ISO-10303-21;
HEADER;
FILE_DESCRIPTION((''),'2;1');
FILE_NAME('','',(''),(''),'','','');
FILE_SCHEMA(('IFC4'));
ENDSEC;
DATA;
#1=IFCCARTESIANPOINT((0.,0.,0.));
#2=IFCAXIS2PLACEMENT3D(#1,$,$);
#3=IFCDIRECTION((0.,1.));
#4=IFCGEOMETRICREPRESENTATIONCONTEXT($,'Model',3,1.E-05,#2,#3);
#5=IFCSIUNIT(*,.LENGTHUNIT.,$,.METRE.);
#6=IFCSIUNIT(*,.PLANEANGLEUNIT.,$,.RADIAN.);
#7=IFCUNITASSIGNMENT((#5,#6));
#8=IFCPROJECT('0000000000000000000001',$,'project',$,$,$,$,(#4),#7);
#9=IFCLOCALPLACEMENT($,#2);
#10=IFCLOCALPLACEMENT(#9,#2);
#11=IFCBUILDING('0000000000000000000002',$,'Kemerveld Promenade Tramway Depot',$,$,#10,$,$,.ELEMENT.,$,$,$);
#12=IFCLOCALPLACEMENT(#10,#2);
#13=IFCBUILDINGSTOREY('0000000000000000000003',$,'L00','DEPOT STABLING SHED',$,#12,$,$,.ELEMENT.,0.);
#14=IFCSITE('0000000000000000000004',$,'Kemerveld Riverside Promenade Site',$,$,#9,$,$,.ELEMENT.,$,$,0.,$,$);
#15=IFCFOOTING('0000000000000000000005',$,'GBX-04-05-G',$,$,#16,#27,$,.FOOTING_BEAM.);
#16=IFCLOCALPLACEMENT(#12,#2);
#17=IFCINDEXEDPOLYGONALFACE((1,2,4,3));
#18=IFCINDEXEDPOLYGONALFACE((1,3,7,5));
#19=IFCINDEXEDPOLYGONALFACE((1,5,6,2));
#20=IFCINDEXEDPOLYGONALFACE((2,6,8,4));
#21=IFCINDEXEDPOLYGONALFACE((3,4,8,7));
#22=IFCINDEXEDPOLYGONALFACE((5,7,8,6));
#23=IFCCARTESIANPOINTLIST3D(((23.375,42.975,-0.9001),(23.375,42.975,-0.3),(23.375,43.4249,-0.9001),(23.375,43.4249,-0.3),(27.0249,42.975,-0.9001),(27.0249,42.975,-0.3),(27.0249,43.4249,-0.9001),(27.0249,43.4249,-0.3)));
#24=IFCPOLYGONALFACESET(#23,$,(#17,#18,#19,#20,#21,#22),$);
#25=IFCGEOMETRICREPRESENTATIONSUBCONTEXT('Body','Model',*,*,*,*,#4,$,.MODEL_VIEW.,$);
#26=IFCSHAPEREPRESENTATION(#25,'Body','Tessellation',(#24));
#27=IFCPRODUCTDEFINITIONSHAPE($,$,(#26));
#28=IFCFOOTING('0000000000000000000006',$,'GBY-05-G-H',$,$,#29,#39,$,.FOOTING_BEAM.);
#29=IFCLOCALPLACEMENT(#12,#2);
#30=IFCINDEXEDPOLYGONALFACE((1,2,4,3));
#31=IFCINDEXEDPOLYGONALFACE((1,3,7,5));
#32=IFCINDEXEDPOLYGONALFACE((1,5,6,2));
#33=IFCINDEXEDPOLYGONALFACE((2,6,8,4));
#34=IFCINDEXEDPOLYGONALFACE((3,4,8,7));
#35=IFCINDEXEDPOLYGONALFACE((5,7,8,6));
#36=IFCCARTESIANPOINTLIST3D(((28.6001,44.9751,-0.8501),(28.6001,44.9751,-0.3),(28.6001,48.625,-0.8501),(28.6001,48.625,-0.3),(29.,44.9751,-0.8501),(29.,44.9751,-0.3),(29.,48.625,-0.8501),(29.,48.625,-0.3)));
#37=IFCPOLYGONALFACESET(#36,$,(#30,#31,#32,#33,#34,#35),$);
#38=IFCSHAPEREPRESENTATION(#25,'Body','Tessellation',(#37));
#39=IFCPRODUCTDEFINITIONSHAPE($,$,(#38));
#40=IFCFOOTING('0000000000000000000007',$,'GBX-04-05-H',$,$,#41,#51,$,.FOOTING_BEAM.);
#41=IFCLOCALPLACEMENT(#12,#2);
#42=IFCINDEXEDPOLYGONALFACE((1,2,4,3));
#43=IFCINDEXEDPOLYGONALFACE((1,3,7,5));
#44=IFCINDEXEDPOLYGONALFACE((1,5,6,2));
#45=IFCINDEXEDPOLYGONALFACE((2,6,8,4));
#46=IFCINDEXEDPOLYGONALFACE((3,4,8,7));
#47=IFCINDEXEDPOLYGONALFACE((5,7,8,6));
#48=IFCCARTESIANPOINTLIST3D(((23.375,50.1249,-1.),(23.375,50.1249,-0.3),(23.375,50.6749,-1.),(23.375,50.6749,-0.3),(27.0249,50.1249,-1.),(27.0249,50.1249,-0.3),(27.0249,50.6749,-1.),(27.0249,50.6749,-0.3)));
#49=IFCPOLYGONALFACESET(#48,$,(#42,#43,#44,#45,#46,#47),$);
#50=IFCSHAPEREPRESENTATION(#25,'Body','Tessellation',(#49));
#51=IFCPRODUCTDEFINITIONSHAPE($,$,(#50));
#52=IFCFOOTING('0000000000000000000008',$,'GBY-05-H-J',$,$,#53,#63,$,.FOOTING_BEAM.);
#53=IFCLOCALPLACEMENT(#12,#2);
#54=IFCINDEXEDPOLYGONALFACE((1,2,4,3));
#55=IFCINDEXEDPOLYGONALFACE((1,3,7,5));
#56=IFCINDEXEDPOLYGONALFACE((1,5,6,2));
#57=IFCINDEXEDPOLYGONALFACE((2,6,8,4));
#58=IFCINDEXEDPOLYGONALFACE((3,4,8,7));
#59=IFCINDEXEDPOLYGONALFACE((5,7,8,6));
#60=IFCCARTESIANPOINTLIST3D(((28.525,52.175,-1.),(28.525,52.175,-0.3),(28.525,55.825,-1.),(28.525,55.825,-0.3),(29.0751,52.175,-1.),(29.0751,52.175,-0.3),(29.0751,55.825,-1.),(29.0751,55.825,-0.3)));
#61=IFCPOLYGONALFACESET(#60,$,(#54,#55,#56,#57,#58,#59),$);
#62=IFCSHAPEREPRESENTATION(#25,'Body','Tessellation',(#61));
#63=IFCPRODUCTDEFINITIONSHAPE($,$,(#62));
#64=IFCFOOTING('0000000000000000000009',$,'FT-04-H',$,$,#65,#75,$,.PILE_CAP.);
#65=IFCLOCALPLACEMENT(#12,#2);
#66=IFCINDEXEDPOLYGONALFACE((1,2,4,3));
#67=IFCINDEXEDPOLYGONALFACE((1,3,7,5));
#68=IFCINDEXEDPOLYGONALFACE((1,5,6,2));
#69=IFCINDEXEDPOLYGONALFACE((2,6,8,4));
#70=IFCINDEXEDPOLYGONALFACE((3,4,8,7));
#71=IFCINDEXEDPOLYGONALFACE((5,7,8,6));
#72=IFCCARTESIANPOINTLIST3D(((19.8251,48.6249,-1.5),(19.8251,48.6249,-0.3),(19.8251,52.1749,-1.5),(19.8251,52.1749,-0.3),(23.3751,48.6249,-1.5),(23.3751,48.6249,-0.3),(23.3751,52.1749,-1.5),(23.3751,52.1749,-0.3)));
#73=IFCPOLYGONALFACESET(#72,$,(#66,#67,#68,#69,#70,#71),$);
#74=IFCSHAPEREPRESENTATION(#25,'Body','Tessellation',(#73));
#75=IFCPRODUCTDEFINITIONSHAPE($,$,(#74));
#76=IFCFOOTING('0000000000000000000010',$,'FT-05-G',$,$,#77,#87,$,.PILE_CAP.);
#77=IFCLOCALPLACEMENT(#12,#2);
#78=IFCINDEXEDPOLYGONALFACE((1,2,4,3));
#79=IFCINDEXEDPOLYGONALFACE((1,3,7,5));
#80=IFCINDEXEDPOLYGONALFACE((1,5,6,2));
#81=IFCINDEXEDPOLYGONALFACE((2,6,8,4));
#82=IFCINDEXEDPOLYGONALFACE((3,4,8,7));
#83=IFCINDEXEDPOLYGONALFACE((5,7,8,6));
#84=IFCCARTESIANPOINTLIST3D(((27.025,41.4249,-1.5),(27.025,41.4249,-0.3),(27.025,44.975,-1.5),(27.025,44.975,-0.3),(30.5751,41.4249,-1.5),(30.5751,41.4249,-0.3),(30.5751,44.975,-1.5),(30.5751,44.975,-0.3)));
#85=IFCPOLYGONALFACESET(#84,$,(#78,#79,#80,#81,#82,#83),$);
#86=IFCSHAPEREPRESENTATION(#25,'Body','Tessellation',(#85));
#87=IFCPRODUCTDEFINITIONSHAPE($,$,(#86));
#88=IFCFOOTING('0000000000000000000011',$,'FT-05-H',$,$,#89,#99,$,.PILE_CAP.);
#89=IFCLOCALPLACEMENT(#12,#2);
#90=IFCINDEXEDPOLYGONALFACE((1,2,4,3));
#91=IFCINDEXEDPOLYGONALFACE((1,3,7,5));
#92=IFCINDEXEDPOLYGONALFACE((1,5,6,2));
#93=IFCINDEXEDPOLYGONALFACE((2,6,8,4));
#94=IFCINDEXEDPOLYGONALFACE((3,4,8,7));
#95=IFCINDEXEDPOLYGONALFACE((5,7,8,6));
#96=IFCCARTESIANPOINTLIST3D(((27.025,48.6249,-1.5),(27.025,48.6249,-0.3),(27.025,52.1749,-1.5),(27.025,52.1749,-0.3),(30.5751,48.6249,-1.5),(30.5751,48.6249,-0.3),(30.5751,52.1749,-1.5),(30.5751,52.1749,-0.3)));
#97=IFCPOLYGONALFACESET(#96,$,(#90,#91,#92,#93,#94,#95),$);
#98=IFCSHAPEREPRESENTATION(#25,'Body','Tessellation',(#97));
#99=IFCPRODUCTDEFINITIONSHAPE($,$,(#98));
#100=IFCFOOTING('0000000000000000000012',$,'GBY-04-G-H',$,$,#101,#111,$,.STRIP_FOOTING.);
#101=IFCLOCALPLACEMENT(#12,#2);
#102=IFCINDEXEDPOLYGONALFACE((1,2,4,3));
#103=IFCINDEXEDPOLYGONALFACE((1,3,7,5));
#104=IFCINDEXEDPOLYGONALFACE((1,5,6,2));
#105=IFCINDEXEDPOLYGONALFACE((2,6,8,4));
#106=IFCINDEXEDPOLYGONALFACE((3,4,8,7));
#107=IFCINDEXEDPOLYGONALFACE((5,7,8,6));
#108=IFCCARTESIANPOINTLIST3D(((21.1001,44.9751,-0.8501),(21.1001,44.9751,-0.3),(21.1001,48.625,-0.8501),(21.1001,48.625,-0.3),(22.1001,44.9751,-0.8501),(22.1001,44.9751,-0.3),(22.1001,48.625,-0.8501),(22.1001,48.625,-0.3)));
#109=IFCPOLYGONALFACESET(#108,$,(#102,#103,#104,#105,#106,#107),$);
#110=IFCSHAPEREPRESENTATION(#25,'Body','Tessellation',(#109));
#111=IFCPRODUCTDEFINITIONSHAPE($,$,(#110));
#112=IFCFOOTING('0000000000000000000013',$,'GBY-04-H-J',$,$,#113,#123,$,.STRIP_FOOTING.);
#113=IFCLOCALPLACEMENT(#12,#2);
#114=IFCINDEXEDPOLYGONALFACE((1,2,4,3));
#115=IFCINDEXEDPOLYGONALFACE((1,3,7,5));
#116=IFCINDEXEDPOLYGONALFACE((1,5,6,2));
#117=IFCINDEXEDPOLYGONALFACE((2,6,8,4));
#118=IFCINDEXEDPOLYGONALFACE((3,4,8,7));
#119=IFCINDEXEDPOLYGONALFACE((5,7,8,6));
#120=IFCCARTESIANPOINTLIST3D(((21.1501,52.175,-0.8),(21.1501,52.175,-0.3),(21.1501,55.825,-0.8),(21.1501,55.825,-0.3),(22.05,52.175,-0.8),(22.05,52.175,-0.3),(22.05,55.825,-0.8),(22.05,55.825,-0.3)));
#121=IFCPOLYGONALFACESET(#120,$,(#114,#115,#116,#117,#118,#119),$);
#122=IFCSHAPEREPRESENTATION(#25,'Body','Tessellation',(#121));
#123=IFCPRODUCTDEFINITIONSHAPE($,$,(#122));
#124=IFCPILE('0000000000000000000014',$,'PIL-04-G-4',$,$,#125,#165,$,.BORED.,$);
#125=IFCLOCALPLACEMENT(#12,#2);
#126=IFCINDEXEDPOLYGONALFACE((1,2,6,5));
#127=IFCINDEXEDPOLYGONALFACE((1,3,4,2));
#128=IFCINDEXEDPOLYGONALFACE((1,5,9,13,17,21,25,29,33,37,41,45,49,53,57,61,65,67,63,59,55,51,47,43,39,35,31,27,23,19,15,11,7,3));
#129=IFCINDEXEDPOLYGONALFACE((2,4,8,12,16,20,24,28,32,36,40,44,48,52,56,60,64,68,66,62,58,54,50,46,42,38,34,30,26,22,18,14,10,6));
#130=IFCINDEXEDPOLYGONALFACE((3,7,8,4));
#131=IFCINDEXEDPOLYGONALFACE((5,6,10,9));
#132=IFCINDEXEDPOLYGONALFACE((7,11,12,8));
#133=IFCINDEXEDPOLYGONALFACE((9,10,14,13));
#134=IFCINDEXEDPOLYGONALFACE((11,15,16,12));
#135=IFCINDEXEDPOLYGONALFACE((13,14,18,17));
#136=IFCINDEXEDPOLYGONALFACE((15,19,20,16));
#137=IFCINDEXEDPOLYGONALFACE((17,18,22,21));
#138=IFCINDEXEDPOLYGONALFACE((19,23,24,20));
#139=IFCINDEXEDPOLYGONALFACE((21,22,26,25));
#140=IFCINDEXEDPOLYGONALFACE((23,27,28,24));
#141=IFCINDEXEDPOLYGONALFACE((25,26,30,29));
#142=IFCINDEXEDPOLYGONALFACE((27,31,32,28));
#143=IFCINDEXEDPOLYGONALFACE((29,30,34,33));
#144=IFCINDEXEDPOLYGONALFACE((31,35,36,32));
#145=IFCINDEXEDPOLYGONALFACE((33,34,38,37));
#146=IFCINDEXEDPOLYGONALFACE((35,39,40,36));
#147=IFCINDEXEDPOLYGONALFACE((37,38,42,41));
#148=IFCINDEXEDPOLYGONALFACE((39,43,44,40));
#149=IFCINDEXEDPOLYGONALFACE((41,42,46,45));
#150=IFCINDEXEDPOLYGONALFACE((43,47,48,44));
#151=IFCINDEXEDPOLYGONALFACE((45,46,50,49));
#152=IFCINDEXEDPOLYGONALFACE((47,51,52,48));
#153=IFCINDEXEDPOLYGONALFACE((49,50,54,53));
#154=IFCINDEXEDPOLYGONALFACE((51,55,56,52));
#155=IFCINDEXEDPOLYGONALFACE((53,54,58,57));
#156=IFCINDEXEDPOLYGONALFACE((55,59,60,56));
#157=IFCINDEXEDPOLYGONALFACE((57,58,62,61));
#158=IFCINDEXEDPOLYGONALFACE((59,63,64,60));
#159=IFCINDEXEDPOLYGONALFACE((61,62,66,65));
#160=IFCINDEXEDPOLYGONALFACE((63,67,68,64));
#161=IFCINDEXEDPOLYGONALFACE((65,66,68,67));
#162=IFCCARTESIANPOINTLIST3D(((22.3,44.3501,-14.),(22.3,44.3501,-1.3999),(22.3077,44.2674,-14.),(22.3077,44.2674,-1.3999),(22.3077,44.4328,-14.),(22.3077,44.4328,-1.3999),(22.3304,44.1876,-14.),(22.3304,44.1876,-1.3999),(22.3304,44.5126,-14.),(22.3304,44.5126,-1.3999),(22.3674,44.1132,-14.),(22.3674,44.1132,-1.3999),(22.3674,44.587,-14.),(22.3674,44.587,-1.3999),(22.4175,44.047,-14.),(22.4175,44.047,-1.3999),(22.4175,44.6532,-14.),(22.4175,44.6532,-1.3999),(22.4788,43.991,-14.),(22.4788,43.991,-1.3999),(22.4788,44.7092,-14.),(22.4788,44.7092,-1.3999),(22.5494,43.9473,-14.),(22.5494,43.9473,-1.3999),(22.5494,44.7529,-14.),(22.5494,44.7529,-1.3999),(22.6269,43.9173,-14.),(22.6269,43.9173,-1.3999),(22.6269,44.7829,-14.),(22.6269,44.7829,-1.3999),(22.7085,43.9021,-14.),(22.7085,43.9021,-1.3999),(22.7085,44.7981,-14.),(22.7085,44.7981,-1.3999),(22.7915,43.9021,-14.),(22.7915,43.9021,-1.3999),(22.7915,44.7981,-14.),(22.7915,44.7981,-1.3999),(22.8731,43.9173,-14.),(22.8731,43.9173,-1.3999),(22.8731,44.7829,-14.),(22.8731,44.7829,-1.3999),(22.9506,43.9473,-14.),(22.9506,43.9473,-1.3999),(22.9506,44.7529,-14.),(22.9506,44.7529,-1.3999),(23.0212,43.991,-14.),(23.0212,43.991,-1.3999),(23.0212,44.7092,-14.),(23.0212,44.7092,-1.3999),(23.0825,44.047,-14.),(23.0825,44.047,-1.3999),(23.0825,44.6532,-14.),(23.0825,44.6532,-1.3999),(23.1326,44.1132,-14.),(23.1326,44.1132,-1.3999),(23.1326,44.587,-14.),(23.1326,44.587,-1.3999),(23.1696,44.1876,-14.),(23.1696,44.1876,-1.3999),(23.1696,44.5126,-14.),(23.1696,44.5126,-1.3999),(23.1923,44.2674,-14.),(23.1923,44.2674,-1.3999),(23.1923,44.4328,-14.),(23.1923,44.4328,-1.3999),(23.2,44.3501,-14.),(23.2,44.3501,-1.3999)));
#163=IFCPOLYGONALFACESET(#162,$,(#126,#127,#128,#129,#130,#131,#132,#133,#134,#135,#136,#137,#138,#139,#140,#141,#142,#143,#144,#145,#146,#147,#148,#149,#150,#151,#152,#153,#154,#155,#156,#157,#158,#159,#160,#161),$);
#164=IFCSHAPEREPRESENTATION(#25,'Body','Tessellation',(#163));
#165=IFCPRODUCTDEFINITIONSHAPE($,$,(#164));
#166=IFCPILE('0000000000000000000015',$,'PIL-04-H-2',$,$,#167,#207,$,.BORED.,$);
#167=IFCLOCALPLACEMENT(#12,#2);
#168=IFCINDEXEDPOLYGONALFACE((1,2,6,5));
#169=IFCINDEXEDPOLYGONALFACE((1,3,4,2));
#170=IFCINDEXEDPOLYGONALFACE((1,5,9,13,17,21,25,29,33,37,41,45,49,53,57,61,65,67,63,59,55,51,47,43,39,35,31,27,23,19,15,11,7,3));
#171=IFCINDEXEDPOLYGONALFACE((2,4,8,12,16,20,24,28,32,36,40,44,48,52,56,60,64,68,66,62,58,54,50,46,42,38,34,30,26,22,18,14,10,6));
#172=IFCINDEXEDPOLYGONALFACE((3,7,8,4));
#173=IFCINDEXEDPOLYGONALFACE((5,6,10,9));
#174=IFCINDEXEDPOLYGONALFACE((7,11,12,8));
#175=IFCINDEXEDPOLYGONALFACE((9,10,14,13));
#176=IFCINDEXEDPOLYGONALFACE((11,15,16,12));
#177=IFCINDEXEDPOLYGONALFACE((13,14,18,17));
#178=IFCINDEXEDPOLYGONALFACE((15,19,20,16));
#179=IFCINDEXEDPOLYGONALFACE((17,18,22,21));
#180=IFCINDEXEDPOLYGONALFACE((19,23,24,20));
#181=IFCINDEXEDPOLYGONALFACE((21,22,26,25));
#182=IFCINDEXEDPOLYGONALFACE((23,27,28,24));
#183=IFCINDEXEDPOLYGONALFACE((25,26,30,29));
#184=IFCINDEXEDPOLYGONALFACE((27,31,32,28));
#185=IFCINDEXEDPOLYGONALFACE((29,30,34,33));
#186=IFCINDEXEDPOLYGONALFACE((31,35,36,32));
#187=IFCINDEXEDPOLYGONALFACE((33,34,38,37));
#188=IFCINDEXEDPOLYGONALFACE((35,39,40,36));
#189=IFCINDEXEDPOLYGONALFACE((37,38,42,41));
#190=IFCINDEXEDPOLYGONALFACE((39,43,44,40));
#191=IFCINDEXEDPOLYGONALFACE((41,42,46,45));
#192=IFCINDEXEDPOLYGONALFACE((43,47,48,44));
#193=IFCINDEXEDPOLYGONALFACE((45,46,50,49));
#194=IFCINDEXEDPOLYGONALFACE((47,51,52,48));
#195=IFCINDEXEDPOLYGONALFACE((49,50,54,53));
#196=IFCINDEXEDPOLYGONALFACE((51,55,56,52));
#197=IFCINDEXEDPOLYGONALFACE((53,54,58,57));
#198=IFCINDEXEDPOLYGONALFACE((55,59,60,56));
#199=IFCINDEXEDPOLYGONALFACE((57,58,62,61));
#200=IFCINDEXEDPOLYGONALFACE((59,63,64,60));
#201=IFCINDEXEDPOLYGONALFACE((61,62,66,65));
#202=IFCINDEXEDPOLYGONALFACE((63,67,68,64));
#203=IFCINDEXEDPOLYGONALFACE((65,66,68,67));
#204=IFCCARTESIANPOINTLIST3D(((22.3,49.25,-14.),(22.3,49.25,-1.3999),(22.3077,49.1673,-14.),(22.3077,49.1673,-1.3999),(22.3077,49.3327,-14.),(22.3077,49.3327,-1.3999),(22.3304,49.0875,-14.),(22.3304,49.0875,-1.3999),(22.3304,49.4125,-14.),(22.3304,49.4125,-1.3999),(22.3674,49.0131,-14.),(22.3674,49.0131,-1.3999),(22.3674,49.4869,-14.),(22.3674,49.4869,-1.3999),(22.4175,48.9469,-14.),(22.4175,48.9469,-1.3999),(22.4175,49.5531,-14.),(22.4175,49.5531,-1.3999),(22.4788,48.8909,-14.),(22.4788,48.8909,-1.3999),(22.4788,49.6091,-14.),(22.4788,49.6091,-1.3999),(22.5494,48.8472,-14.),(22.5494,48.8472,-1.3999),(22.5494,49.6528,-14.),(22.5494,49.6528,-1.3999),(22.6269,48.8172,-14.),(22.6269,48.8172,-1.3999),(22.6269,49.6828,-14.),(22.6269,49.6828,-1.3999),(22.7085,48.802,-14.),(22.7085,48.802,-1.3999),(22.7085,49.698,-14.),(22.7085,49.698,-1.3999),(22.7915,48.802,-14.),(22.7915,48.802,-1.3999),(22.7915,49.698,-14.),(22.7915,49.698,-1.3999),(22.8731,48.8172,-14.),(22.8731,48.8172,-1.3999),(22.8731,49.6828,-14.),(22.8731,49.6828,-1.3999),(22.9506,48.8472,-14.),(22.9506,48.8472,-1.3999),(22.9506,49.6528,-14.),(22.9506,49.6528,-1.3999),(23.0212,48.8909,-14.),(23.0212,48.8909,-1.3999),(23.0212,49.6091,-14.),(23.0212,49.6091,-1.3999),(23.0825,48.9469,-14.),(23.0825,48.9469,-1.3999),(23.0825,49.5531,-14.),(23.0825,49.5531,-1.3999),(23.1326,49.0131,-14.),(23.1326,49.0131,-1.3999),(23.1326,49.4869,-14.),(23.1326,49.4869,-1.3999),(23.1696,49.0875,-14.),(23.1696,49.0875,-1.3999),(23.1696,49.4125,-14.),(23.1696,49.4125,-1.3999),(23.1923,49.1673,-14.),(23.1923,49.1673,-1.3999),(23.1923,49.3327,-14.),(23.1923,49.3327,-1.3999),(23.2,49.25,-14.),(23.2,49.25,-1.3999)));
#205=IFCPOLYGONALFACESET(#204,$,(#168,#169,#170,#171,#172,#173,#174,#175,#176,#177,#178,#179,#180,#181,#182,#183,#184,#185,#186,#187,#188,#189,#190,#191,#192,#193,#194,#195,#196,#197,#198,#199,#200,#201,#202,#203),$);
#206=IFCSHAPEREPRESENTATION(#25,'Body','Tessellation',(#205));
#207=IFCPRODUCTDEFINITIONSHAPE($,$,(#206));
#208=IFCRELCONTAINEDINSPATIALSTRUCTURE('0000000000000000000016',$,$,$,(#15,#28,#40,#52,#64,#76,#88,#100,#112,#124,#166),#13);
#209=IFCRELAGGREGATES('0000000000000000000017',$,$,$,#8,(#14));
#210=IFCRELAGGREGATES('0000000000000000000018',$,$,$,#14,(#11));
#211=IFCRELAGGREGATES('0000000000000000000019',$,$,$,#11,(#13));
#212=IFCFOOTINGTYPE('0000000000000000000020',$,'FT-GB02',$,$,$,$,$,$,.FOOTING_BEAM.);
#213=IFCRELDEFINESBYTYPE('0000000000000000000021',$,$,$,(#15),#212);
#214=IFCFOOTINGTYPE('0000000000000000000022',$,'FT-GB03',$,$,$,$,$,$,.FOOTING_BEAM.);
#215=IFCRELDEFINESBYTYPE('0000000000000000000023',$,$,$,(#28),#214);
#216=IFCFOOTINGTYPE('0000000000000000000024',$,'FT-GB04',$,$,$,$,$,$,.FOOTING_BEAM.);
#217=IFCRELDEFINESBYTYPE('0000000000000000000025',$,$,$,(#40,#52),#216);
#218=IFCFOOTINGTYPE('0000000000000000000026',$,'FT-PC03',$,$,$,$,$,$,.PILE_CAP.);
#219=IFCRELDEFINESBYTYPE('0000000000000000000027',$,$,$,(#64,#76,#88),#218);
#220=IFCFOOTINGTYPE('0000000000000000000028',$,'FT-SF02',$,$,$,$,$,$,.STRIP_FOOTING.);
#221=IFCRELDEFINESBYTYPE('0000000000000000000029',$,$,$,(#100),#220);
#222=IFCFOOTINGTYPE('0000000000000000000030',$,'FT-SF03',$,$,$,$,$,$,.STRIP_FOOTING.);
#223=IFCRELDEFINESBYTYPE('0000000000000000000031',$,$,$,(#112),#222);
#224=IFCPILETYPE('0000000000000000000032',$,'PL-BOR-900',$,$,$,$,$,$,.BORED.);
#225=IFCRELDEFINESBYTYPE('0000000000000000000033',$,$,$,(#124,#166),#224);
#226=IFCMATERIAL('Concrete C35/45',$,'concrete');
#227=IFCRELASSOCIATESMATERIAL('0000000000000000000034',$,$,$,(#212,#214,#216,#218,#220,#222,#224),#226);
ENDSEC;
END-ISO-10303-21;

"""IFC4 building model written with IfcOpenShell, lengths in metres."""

from ifc_helpers import new_model, si_unit, direction, frame, origin, origin_2d, place, context, subcontext, project, spatial, rectangle, circle, extrude, material, material_profile, profile_set, type_object, element, save


model = new_model("IFC4")

# Units and contexts
model_context = context("Model", 3, precision=1e-05, world=origin(), true_north=direction((0.0, 1.0)))
body_context = subcontext(model_context, "Body", "Model", "MODEL_VIEW")
ifc_project = project(units=[si_unit("LENGTHUNIT", "METRE"), si_unit("PLANEANGLEUNIT", "RADIAN")], contexts=[model_context])

# Site, building, storey
site_placement = place(None, origin())
site = spatial("IfcSite", under=ifc_project, at=site_placement, Name="Kemerveld Riverside Promenade Site", CompositionType="ELEMENT", RefElevation=0.0)
building_placement = place(site_placement, origin())
building = spatial("IfcBuilding", under=site, at=building_placement, Name="Kemerveld Promenade Tramway Depot", CompositionType="ELEMENT")
storey_placement = place(building_placement, origin())
storey = spatial("IfcBuildingStorey", under=building, at=storey_placement, Name="L00", Description="DEPOT STABLING SHED", CompositionType="ELEMENT", Elevation=0.0)

# Footings
ifc_material_1 = material(Name="Concrete C35/45", Category="concrete")
footing_type_1 = type_object("IfcFootingType", Name="FT-GB02", PredefinedType="FOOTING_BEAM", material=ifc_material_1)
footing_1_placement = place(storey_placement, frame((25.2, 43.2, -0.9001), z_axis=(0.0, 0.0, 1.0), x_axis=(1.0, 0.0, 0.0)))
element("IfcFooting", 1, at=footing_1_placement, inside=storey, type_object=footing_type_1, Name="GBX-04-05-G", PredefinedType="FOOTING_BEAM", context=body_context, shape_type="SweptSolid", body=[
    extrude(rectangle(XDim=3.6499, YDim=0.45, at=origin_2d()), origin(), (0.0, 0.0, 1.0), 0.6001),
])
footing_type_2 = type_object("IfcFootingType", Name="FT-GB03", PredefinedType="FOOTING_BEAM", material=ifc_material_1)
footing_2_placement = place(storey_placement, frame((28.8, 46.8, -0.8501), z_axis=(0.0, 0.0, 1.0), x_axis=(0.0, 1.0, 0.0)))
element("IfcFooting", 2, at=footing_2_placement, inside=storey, type_object=footing_type_2, Name="GBY-05-G-H", PredefinedType="FOOTING_BEAM", context=body_context, shape_type="SweptSolid", body=[
    extrude(rectangle(XDim=3.6499, YDim=0.3999, at=origin_2d()), origin(), (0.0, 0.0, 1.0), 0.55),
])
footing_type_3 = type_object("IfcFootingType", Name="FT-GB04", PredefinedType="FOOTING_BEAM", material=ifc_material_1)
for number, where, z_axis, x_axis, name in (
    (3, (25.2, 50.3999, -1.0), (0.0, 0.0, 1.0), (1.0, 0.0, 0.0), "GBX-04-05-H"),
    (4, (28.8, 54.0, -1.0), (0.0, 0.0, 1.0), (0.0, 1.0, 0.0), "GBY-05-H-J"),
):
    element("IfcFooting", number, at=place(storey_placement, frame(where, z_axis=z_axis, x_axis=x_axis)), inside=storey, type_object=footing_type_3, Name=name, PredefinedType="FOOTING_BEAM", context=body_context, shape_type="SweptSolid", body=[
        extrude(rectangle(XDim=3.6499, YDim=0.55, at=origin_2d()), origin(), (0.0, 0.0, 1.0), 0.7),
    ])
footing_type_4 = type_object("IfcFootingType", Name="FT-PC03", PredefinedType="PILE_CAP", material=ifc_material_1)
for number, where, z_axis, x_axis, name in (
    (5, (21.6001, 50.3999, -1.5), (0.0, 0.0, 1.0), (1.0, 0.0, 0.0), "FT-04-H"),
    (6, (28.8, 43.2, -1.5), (0.0, 0.0, 1.0), (1.0, 0.0, 0.0), "FT-05-G"),
    (7, (28.8, 50.3999, -1.5), (0.0, 0.0, 1.0), (1.0, 0.0, 0.0), "FT-05-H"),
):
    element("IfcFooting", number, at=place(storey_placement, frame(where, z_axis=z_axis, x_axis=x_axis)), inside=storey, type_object=footing_type_4, Name=name, PredefinedType="PILE_CAP", context=body_context, shape_type="SweptSolid", body=[
        extrude(rectangle(XDim=3.55, YDim=3.55, at=origin_2d()), origin(), (0.0, 0.0, 1.0), 1.2),
    ])
footing_type_5 = type_object("IfcFootingType", Name="FT-SF02", PredefinedType="STRIP_FOOTING", material=ifc_material_1)
footing_3_placement = place(storey_placement, frame((21.6001, 46.8, -0.8501), z_axis=(0.0, 0.0, 1.0), x_axis=(0.0, 1.0, 0.0)))
element("IfcFooting", 8, at=footing_3_placement, inside=storey, type_object=footing_type_5, Name="GBY-04-G-H", PredefinedType="STRIP_FOOTING", context=body_context, shape_type="SweptSolid", body=[
    extrude(rectangle(XDim=3.6499, YDim=1.0, at=origin_2d()), origin(), (0.0, 0.0, 1.0), 0.55),
])
footing_type_6 = type_object("IfcFootingType", Name="FT-SF03", PredefinedType="STRIP_FOOTING", material=ifc_material_1)
footing_4_placement = place(storey_placement, frame((21.6001, 54.0, -0.8), z_axis=(0.0, 0.0, 1.0), x_axis=(0.0, 1.0, 0.0)))
element("IfcFooting", 9, at=footing_4_placement, inside=storey, type_object=footing_type_6, Name="GBY-04-H-J", PredefinedType="STRIP_FOOTING", context=body_context, shape_type="SweptSolid", body=[
    extrude(rectangle(XDim=3.6499, YDim=0.8999, at=origin_2d()), origin(), (0.0, 0.0, 1.0), 0.5),
])

# Piles
ifc_material_profile_1 = material_profile(ifc_material_1, circle(Radius=0.45, at=origin_2d()), Name="PILE-D900")
ifc_profile_set_1 = profile_set([ifc_material_profile_1], Name="Concrete C35/45")
pile_type = type_object("IfcPileType", Name="PL-BOR-900", PredefinedType="BORED", material=ifc_profile_set_1)
for number, where, z_axis, x_axis, name in (
    (10, (22.75, 44.3501, -1.3999), (0.0, 0.0, -1.0), (1.0, 0.0, 0.0), "PIL-04-G-4"),
    (11, (22.75, 49.25, -1.3999), (0.0, 0.0, -1.0), (1.0, 0.0, 0.0), "PIL-04-H-2"),
):
    element("IfcPile", number, at=place(storey_placement, frame(where, z_axis=z_axis, x_axis=x_axis)), inside=storey, type_object=pile_type, Name=name, PredefinedType="BORED", context=body_context, shape_type="SweptSolid", body=[
        extrude(circle(Radius=0.45, at=origin_2d()), origin(), (0.0, 0.0, 1.0), 12.6001),
    ])

save(model, "model.ifc")
